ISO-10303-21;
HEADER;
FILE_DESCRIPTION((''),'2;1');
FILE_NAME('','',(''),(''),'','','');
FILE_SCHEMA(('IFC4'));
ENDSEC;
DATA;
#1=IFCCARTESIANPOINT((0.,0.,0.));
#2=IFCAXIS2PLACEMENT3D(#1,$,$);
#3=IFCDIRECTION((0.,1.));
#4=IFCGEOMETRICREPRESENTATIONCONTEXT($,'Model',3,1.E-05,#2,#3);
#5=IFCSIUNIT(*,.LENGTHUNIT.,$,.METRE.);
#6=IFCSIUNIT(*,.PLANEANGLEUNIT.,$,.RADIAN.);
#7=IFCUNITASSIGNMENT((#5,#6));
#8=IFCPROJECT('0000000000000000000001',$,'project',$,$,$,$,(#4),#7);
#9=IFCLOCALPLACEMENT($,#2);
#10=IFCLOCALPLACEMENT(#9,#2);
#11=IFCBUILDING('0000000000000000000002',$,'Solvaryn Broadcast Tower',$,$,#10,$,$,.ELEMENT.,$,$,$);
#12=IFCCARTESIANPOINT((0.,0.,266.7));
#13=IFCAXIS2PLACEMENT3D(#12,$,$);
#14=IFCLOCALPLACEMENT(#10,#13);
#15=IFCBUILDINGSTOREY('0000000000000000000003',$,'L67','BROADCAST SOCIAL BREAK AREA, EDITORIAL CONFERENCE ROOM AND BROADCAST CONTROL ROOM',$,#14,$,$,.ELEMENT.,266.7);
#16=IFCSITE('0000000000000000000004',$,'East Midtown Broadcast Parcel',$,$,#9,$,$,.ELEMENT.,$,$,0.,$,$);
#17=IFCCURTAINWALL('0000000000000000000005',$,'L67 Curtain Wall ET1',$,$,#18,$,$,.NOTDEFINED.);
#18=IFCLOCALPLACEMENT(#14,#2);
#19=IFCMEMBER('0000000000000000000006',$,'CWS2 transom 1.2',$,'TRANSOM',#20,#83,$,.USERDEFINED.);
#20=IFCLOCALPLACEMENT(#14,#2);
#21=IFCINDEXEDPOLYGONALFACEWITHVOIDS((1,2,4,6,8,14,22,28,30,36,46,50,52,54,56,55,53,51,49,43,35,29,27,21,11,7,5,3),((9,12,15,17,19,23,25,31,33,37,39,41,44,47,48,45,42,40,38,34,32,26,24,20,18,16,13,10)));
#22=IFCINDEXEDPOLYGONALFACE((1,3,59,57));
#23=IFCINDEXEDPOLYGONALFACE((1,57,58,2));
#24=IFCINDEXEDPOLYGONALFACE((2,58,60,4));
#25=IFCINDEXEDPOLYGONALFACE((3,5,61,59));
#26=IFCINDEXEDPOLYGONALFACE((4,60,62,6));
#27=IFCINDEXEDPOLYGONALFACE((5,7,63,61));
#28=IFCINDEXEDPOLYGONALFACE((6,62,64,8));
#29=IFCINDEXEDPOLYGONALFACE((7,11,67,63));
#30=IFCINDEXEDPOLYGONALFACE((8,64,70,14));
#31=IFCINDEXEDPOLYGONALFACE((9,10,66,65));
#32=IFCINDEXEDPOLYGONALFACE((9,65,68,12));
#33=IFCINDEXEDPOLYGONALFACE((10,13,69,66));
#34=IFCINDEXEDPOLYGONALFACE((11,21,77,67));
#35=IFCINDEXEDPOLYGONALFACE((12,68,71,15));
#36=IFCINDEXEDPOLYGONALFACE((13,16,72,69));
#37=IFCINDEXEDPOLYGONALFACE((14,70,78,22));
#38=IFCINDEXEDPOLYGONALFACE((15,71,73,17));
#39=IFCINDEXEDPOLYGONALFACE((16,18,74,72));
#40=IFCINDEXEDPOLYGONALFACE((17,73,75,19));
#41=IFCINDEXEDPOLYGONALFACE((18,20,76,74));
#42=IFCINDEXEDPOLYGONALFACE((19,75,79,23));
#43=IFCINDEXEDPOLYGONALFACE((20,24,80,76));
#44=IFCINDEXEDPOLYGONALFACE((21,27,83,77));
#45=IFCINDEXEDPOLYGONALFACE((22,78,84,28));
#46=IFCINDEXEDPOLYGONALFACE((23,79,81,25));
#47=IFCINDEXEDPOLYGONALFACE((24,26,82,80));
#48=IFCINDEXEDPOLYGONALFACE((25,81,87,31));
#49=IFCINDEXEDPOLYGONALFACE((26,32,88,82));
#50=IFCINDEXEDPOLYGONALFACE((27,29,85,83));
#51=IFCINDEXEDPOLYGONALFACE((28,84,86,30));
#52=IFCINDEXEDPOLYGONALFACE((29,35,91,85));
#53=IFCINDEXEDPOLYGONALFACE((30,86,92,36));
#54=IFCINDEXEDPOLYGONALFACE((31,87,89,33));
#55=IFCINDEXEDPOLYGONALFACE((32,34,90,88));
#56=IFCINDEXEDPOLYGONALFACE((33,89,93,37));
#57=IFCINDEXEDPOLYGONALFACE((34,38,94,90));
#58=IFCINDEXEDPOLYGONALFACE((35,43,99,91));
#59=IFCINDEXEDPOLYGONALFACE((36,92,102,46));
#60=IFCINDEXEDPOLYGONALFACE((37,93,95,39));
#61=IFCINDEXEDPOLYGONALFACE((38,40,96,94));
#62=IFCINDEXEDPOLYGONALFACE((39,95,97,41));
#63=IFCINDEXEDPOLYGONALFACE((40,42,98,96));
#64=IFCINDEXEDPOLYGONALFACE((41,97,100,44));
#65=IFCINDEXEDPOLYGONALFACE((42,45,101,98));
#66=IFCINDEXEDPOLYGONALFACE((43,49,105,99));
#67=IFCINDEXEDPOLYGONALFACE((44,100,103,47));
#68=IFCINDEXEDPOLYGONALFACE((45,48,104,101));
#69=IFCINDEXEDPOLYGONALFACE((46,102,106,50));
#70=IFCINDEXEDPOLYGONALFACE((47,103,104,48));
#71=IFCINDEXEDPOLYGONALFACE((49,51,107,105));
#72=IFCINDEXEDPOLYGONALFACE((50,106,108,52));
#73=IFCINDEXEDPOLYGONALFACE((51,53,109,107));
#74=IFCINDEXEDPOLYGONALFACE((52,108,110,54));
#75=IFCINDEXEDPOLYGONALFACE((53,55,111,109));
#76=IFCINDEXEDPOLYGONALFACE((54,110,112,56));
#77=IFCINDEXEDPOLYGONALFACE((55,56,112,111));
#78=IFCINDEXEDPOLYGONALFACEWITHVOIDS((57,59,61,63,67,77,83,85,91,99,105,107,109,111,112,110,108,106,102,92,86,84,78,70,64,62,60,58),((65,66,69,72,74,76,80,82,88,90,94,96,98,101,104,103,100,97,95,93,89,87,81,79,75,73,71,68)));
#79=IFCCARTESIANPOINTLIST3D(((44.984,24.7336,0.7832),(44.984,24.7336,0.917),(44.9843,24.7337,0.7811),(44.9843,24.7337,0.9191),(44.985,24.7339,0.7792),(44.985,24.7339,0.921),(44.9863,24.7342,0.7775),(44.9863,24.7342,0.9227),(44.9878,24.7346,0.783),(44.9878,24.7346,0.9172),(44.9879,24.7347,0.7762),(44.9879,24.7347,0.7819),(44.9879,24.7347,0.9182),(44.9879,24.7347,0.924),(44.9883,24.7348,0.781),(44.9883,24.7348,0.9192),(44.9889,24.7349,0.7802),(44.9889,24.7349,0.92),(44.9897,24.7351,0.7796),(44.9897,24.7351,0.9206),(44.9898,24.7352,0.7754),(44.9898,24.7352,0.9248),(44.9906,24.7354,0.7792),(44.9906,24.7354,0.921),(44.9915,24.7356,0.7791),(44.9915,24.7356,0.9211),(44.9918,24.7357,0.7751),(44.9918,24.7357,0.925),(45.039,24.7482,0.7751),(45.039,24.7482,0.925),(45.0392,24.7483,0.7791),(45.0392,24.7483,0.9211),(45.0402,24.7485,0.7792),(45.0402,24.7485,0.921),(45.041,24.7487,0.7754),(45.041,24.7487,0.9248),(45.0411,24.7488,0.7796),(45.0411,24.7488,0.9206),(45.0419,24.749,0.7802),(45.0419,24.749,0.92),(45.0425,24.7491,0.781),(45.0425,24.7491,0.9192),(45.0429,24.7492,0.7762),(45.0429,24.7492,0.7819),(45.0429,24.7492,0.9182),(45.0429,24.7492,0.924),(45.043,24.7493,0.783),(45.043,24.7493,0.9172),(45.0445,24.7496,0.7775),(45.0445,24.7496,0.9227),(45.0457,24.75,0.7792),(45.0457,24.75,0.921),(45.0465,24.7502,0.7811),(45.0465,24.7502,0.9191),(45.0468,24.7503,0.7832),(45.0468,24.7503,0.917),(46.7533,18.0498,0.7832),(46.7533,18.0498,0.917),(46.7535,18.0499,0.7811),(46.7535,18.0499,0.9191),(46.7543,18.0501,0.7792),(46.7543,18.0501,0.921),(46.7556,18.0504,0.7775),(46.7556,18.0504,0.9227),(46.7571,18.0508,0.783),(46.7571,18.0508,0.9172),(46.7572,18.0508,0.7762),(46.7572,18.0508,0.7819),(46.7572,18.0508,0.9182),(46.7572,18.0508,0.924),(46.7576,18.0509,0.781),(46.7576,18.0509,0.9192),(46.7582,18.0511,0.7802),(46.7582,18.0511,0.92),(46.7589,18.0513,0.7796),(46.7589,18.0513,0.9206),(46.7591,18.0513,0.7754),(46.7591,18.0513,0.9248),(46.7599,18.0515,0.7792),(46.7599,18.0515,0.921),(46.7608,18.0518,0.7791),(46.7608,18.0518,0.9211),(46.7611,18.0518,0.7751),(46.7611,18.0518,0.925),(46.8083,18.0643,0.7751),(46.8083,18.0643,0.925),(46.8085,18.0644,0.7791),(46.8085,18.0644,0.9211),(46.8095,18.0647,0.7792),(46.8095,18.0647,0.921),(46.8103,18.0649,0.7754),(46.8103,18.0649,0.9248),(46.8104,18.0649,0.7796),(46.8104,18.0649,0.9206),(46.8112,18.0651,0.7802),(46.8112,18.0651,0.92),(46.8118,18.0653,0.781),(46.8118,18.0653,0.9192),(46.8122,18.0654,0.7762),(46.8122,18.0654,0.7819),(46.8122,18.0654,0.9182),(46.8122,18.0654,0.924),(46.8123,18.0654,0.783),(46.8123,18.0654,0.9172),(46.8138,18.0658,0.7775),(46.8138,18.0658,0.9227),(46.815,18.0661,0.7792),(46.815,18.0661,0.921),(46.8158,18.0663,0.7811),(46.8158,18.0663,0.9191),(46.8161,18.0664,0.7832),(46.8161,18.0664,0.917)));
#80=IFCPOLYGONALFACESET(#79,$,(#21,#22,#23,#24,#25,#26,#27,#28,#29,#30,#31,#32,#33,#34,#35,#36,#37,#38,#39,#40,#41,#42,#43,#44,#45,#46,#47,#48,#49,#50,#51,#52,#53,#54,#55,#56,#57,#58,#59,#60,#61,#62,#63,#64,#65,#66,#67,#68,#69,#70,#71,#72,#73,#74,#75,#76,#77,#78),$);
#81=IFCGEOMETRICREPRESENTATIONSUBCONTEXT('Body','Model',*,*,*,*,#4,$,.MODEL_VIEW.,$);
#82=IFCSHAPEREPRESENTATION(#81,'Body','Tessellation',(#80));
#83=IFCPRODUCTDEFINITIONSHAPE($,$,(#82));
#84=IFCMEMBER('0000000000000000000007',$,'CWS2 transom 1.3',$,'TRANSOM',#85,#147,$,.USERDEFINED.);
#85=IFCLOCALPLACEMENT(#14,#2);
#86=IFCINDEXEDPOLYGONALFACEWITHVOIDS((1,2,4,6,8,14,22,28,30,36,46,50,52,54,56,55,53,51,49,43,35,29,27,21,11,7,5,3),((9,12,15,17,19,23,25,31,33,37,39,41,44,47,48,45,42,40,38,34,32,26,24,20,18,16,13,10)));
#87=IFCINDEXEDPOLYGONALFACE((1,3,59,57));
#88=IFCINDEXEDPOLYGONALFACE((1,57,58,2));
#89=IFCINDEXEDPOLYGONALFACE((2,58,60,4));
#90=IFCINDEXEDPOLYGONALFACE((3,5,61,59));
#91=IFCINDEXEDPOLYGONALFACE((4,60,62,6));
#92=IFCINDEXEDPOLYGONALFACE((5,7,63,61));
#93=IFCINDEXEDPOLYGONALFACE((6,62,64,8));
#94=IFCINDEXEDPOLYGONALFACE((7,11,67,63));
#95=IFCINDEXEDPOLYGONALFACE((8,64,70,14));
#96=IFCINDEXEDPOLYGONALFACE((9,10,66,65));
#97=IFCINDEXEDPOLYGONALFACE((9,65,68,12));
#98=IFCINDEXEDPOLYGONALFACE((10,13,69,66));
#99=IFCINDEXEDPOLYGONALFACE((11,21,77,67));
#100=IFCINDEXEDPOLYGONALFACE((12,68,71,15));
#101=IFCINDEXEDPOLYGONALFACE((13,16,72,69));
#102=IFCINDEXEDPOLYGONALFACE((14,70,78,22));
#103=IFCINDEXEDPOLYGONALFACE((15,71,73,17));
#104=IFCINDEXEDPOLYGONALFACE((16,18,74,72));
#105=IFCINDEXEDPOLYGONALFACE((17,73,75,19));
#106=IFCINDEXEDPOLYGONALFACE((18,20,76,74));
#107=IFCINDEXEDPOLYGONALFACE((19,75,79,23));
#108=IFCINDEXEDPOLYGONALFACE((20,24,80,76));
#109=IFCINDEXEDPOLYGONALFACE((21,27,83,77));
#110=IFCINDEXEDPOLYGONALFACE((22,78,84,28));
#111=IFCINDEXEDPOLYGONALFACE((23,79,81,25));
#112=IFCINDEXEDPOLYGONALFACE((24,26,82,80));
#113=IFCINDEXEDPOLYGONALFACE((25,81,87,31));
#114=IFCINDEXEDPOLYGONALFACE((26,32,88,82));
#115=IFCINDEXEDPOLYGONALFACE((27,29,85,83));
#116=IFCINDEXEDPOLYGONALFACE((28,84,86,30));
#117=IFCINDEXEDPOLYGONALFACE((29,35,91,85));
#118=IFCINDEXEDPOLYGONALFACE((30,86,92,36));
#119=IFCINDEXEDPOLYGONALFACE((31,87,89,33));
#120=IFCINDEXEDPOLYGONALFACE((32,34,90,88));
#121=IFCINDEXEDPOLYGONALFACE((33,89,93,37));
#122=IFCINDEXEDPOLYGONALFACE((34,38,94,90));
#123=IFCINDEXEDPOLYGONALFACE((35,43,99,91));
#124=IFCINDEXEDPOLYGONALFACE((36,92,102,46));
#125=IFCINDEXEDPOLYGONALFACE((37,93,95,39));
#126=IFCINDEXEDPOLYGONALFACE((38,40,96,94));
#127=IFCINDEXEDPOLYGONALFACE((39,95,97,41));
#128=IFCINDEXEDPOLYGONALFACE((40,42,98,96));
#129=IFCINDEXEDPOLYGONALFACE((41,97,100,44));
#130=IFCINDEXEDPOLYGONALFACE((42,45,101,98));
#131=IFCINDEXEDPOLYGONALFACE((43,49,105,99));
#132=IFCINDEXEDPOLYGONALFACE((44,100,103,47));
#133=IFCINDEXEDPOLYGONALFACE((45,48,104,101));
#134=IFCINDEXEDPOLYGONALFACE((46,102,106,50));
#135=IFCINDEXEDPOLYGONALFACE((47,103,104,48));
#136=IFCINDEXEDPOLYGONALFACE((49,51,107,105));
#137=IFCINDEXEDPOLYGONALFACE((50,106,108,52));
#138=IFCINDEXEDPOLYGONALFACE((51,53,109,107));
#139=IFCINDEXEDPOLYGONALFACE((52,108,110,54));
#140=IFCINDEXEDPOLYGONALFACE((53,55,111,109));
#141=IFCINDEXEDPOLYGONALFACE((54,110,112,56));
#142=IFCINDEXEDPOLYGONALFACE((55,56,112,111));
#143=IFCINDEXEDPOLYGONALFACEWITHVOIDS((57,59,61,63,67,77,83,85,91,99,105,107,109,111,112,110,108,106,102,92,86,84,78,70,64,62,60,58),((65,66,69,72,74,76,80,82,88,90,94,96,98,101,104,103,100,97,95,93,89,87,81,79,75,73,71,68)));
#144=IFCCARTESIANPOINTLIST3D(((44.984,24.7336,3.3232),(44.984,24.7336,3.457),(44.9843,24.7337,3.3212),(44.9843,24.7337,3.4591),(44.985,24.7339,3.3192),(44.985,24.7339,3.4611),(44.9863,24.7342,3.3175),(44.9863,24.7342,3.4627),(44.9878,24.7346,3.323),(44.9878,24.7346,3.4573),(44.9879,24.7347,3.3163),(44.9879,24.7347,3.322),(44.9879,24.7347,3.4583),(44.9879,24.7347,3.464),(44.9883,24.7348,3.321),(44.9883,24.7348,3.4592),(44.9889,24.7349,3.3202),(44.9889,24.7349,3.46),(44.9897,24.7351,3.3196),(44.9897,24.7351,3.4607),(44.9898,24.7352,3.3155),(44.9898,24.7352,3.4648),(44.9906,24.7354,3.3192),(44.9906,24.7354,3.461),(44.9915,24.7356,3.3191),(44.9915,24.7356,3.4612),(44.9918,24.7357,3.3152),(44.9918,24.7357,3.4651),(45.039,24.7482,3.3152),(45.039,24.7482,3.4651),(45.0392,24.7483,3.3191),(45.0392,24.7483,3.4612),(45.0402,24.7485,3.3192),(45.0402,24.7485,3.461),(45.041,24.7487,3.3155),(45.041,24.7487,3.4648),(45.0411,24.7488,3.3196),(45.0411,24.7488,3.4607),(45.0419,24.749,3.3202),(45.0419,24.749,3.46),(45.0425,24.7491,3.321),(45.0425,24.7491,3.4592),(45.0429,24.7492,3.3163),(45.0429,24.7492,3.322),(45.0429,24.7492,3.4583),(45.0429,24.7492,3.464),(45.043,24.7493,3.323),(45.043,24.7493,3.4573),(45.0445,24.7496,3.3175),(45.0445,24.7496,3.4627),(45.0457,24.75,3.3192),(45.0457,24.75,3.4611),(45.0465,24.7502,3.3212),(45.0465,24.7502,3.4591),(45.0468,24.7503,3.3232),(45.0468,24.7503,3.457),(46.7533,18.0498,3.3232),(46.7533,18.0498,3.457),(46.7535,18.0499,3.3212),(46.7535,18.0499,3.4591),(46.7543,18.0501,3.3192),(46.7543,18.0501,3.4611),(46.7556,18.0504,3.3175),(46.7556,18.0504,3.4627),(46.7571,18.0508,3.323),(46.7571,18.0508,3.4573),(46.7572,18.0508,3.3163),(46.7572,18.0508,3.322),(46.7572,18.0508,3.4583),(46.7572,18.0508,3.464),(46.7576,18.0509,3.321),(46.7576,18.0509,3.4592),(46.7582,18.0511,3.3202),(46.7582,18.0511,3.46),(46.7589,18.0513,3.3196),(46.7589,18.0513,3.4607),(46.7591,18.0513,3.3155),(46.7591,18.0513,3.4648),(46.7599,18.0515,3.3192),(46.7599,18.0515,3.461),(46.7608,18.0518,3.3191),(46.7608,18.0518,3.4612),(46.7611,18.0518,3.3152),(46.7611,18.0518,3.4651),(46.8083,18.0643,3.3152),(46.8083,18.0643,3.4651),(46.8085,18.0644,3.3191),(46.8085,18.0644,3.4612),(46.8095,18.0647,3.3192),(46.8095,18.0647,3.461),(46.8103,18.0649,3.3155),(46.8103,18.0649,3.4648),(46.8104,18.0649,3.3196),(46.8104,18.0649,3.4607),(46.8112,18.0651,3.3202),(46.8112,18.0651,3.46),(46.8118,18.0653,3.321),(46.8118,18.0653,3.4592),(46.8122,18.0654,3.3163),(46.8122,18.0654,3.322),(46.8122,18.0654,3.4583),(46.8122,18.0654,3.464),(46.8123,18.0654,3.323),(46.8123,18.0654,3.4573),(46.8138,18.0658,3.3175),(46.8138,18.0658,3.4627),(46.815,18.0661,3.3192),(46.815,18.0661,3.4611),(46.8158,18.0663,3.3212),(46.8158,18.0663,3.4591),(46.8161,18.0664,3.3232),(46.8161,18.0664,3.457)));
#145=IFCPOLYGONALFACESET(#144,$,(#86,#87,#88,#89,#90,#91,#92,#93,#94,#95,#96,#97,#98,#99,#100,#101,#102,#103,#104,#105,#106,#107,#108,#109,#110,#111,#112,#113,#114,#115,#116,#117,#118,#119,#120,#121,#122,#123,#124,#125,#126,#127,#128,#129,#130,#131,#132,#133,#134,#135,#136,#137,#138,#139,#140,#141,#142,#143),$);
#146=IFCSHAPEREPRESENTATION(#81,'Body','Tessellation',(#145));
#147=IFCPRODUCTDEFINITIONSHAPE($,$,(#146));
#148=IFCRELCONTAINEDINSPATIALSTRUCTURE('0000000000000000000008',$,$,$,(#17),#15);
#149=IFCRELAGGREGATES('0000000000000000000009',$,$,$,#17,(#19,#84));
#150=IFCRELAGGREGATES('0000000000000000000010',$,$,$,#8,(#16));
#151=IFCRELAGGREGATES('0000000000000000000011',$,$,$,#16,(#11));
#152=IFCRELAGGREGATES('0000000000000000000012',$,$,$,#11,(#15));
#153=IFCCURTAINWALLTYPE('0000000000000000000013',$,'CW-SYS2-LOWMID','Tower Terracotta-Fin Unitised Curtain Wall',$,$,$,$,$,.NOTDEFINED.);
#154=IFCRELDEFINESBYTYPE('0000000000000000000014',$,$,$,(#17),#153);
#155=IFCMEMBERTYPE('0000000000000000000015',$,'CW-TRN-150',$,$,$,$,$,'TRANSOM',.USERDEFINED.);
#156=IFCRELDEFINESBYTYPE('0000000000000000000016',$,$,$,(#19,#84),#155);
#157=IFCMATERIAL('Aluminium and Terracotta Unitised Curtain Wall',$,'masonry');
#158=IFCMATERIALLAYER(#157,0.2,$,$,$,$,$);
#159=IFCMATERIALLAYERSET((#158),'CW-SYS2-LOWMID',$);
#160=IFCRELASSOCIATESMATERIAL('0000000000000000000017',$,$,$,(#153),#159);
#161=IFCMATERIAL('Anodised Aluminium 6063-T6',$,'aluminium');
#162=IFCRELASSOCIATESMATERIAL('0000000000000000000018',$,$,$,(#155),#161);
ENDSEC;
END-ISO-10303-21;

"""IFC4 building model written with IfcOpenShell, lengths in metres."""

from ifc_helpers import new_model, si_unit, direction, frame, origin, origin_2d, place, context, subcontext, project, spatial, hollow_rectangle, extrude, material, layer, layer_set, material_profile, profile_set, type_object, element, aggregate, save


model = new_model("IFC4")

# Units and contexts
model_context = context("Model", 3, precision=1e-05, world=origin(), true_north=direction((0.0, 1.0)))
body_context = subcontext(model_context, "Body", "Model", "MODEL_VIEW")
ifc_project = project(units=[si_unit("LENGTHUNIT", "METRE"), si_unit("PLANEANGLEUNIT", "RADIAN")], contexts=[model_context])

# Site, building, storey
site_placement = place(None, origin())
site = spatial("IfcSite", under=ifc_project, at=site_placement, Name="East Midtown Broadcast Parcel", CompositionType="ELEMENT", RefElevation=0.0)
building_placement = place(site_placement, origin())
building = spatial("IfcBuilding", under=site, at=building_placement, Name="Solvaryn Broadcast Tower", CompositionType="ELEMENT")
storey_placement = place(building_placement, frame((0.0, 0.0, 266.7)))
storey = spatial("IfcBuildingStorey", under=building, at=storey_placement, Name="L67", Description="BROADCAST SOCIAL BREAK AREA, EDITORIAL CONFERENCE ROOM AND BROADCAST CONTROL ROOM", CompositionType="ELEMENT", Elevation=266.7)

# Curtain wall
ifc_material_1 = material(Name="Aluminium and Terracotta Unitised Curtain Wall", Category="masonry")
ifc_layer_1 = layer(ifc_material_1, 0.2)
ifc_layer_set_1 = layer_set([ifc_layer_1], Name="CW-SYS2-LOWMID")
curtain_wall_type = type_object("IfcCurtainWallType", Name="CW-SYS2-LOWMID", Description="Tower Terracotta-Fin Unitised Curtain Wall", PredefinedType="NOTDEFINED", material=ifc_layer_set_1)
curtain_wall_1_placement = place(storey_placement, origin())
curtain_wall_1 = element("IfcCurtainWall", 1, at=curtain_wall_1_placement, inside=storey, type_object=curtain_wall_type, Name="L67 Curtain Wall ET1", PredefinedType="NOTDEFINED")

# Members
ifc_material_2 = material(Name="Anodised Aluminium 6063-T6", Category="aluminium")
ifc_material_profile_1 = material_profile(ifc_material_2, hollow_rectangle(XDim=0.0649, YDim=0.1499, WallThickness=0.0039, InnerFilletRadius=0.0039, OuterFilletRadius=0.0081, at=origin_2d()))
ifc_profile_set_1 = profile_set([ifc_material_profile_1], Name="Anodised Aluminium 6063-T6")
member_type_1 = type_object("IfcMemberType", Name="CW-TRN-150", ElementType="TRANSOM", PredefinedType="USERDEFINED", material=ifc_profile_set_1)
member_1_placement = place(storey_placement, frame((45.0154, 24.7419, 0.8501), z_axis=(0.255897, -0.966704, 0.0), x_axis=(0.966704, 0.255897, 0.0)))
member_1 = element("IfcMember", 2, at=member_1_placement, type_object=member_type_1, Name="CWS2 transom 1.2", ObjectType="TRANSOM", PredefinedType="USERDEFINED", context=body_context, shape_type="SweptSolid", body=[
    extrude(hollow_rectangle(XDim=0.0649, YDim=0.1499, WallThickness=0.0039, InnerFilletRadius=0.0039, OuterFilletRadius=0.0081, at=origin_2d()), origin(), (0.0, 0.0, 1.0), 6.9141),
])
member_2_placement = place(storey_placement, frame((45.0154, 24.7419, 3.3901), z_axis=(0.255897, -0.966704, 0.0), x_axis=(0.966704, 0.255897, 0.0)))
member_2 = element("IfcMember", 3, at=member_2_placement, type_object=member_type_1, Name="CWS2 transom 1.3", ObjectType="TRANSOM", PredefinedType="USERDEFINED", context=body_context, shape_type="SweptSolid", body=[
    extrude(hollow_rectangle(XDim=0.0649, YDim=0.1499, WallThickness=0.0039, InnerFilletRadius=0.0039, OuterFilletRadius=0.0081, at=origin_2d()), origin(), (0.0, 0.0, 1.0), 6.9141),
])

aggregate(curtain_wall_1, [member_1, member_2])

save(model, "model.ifc")
